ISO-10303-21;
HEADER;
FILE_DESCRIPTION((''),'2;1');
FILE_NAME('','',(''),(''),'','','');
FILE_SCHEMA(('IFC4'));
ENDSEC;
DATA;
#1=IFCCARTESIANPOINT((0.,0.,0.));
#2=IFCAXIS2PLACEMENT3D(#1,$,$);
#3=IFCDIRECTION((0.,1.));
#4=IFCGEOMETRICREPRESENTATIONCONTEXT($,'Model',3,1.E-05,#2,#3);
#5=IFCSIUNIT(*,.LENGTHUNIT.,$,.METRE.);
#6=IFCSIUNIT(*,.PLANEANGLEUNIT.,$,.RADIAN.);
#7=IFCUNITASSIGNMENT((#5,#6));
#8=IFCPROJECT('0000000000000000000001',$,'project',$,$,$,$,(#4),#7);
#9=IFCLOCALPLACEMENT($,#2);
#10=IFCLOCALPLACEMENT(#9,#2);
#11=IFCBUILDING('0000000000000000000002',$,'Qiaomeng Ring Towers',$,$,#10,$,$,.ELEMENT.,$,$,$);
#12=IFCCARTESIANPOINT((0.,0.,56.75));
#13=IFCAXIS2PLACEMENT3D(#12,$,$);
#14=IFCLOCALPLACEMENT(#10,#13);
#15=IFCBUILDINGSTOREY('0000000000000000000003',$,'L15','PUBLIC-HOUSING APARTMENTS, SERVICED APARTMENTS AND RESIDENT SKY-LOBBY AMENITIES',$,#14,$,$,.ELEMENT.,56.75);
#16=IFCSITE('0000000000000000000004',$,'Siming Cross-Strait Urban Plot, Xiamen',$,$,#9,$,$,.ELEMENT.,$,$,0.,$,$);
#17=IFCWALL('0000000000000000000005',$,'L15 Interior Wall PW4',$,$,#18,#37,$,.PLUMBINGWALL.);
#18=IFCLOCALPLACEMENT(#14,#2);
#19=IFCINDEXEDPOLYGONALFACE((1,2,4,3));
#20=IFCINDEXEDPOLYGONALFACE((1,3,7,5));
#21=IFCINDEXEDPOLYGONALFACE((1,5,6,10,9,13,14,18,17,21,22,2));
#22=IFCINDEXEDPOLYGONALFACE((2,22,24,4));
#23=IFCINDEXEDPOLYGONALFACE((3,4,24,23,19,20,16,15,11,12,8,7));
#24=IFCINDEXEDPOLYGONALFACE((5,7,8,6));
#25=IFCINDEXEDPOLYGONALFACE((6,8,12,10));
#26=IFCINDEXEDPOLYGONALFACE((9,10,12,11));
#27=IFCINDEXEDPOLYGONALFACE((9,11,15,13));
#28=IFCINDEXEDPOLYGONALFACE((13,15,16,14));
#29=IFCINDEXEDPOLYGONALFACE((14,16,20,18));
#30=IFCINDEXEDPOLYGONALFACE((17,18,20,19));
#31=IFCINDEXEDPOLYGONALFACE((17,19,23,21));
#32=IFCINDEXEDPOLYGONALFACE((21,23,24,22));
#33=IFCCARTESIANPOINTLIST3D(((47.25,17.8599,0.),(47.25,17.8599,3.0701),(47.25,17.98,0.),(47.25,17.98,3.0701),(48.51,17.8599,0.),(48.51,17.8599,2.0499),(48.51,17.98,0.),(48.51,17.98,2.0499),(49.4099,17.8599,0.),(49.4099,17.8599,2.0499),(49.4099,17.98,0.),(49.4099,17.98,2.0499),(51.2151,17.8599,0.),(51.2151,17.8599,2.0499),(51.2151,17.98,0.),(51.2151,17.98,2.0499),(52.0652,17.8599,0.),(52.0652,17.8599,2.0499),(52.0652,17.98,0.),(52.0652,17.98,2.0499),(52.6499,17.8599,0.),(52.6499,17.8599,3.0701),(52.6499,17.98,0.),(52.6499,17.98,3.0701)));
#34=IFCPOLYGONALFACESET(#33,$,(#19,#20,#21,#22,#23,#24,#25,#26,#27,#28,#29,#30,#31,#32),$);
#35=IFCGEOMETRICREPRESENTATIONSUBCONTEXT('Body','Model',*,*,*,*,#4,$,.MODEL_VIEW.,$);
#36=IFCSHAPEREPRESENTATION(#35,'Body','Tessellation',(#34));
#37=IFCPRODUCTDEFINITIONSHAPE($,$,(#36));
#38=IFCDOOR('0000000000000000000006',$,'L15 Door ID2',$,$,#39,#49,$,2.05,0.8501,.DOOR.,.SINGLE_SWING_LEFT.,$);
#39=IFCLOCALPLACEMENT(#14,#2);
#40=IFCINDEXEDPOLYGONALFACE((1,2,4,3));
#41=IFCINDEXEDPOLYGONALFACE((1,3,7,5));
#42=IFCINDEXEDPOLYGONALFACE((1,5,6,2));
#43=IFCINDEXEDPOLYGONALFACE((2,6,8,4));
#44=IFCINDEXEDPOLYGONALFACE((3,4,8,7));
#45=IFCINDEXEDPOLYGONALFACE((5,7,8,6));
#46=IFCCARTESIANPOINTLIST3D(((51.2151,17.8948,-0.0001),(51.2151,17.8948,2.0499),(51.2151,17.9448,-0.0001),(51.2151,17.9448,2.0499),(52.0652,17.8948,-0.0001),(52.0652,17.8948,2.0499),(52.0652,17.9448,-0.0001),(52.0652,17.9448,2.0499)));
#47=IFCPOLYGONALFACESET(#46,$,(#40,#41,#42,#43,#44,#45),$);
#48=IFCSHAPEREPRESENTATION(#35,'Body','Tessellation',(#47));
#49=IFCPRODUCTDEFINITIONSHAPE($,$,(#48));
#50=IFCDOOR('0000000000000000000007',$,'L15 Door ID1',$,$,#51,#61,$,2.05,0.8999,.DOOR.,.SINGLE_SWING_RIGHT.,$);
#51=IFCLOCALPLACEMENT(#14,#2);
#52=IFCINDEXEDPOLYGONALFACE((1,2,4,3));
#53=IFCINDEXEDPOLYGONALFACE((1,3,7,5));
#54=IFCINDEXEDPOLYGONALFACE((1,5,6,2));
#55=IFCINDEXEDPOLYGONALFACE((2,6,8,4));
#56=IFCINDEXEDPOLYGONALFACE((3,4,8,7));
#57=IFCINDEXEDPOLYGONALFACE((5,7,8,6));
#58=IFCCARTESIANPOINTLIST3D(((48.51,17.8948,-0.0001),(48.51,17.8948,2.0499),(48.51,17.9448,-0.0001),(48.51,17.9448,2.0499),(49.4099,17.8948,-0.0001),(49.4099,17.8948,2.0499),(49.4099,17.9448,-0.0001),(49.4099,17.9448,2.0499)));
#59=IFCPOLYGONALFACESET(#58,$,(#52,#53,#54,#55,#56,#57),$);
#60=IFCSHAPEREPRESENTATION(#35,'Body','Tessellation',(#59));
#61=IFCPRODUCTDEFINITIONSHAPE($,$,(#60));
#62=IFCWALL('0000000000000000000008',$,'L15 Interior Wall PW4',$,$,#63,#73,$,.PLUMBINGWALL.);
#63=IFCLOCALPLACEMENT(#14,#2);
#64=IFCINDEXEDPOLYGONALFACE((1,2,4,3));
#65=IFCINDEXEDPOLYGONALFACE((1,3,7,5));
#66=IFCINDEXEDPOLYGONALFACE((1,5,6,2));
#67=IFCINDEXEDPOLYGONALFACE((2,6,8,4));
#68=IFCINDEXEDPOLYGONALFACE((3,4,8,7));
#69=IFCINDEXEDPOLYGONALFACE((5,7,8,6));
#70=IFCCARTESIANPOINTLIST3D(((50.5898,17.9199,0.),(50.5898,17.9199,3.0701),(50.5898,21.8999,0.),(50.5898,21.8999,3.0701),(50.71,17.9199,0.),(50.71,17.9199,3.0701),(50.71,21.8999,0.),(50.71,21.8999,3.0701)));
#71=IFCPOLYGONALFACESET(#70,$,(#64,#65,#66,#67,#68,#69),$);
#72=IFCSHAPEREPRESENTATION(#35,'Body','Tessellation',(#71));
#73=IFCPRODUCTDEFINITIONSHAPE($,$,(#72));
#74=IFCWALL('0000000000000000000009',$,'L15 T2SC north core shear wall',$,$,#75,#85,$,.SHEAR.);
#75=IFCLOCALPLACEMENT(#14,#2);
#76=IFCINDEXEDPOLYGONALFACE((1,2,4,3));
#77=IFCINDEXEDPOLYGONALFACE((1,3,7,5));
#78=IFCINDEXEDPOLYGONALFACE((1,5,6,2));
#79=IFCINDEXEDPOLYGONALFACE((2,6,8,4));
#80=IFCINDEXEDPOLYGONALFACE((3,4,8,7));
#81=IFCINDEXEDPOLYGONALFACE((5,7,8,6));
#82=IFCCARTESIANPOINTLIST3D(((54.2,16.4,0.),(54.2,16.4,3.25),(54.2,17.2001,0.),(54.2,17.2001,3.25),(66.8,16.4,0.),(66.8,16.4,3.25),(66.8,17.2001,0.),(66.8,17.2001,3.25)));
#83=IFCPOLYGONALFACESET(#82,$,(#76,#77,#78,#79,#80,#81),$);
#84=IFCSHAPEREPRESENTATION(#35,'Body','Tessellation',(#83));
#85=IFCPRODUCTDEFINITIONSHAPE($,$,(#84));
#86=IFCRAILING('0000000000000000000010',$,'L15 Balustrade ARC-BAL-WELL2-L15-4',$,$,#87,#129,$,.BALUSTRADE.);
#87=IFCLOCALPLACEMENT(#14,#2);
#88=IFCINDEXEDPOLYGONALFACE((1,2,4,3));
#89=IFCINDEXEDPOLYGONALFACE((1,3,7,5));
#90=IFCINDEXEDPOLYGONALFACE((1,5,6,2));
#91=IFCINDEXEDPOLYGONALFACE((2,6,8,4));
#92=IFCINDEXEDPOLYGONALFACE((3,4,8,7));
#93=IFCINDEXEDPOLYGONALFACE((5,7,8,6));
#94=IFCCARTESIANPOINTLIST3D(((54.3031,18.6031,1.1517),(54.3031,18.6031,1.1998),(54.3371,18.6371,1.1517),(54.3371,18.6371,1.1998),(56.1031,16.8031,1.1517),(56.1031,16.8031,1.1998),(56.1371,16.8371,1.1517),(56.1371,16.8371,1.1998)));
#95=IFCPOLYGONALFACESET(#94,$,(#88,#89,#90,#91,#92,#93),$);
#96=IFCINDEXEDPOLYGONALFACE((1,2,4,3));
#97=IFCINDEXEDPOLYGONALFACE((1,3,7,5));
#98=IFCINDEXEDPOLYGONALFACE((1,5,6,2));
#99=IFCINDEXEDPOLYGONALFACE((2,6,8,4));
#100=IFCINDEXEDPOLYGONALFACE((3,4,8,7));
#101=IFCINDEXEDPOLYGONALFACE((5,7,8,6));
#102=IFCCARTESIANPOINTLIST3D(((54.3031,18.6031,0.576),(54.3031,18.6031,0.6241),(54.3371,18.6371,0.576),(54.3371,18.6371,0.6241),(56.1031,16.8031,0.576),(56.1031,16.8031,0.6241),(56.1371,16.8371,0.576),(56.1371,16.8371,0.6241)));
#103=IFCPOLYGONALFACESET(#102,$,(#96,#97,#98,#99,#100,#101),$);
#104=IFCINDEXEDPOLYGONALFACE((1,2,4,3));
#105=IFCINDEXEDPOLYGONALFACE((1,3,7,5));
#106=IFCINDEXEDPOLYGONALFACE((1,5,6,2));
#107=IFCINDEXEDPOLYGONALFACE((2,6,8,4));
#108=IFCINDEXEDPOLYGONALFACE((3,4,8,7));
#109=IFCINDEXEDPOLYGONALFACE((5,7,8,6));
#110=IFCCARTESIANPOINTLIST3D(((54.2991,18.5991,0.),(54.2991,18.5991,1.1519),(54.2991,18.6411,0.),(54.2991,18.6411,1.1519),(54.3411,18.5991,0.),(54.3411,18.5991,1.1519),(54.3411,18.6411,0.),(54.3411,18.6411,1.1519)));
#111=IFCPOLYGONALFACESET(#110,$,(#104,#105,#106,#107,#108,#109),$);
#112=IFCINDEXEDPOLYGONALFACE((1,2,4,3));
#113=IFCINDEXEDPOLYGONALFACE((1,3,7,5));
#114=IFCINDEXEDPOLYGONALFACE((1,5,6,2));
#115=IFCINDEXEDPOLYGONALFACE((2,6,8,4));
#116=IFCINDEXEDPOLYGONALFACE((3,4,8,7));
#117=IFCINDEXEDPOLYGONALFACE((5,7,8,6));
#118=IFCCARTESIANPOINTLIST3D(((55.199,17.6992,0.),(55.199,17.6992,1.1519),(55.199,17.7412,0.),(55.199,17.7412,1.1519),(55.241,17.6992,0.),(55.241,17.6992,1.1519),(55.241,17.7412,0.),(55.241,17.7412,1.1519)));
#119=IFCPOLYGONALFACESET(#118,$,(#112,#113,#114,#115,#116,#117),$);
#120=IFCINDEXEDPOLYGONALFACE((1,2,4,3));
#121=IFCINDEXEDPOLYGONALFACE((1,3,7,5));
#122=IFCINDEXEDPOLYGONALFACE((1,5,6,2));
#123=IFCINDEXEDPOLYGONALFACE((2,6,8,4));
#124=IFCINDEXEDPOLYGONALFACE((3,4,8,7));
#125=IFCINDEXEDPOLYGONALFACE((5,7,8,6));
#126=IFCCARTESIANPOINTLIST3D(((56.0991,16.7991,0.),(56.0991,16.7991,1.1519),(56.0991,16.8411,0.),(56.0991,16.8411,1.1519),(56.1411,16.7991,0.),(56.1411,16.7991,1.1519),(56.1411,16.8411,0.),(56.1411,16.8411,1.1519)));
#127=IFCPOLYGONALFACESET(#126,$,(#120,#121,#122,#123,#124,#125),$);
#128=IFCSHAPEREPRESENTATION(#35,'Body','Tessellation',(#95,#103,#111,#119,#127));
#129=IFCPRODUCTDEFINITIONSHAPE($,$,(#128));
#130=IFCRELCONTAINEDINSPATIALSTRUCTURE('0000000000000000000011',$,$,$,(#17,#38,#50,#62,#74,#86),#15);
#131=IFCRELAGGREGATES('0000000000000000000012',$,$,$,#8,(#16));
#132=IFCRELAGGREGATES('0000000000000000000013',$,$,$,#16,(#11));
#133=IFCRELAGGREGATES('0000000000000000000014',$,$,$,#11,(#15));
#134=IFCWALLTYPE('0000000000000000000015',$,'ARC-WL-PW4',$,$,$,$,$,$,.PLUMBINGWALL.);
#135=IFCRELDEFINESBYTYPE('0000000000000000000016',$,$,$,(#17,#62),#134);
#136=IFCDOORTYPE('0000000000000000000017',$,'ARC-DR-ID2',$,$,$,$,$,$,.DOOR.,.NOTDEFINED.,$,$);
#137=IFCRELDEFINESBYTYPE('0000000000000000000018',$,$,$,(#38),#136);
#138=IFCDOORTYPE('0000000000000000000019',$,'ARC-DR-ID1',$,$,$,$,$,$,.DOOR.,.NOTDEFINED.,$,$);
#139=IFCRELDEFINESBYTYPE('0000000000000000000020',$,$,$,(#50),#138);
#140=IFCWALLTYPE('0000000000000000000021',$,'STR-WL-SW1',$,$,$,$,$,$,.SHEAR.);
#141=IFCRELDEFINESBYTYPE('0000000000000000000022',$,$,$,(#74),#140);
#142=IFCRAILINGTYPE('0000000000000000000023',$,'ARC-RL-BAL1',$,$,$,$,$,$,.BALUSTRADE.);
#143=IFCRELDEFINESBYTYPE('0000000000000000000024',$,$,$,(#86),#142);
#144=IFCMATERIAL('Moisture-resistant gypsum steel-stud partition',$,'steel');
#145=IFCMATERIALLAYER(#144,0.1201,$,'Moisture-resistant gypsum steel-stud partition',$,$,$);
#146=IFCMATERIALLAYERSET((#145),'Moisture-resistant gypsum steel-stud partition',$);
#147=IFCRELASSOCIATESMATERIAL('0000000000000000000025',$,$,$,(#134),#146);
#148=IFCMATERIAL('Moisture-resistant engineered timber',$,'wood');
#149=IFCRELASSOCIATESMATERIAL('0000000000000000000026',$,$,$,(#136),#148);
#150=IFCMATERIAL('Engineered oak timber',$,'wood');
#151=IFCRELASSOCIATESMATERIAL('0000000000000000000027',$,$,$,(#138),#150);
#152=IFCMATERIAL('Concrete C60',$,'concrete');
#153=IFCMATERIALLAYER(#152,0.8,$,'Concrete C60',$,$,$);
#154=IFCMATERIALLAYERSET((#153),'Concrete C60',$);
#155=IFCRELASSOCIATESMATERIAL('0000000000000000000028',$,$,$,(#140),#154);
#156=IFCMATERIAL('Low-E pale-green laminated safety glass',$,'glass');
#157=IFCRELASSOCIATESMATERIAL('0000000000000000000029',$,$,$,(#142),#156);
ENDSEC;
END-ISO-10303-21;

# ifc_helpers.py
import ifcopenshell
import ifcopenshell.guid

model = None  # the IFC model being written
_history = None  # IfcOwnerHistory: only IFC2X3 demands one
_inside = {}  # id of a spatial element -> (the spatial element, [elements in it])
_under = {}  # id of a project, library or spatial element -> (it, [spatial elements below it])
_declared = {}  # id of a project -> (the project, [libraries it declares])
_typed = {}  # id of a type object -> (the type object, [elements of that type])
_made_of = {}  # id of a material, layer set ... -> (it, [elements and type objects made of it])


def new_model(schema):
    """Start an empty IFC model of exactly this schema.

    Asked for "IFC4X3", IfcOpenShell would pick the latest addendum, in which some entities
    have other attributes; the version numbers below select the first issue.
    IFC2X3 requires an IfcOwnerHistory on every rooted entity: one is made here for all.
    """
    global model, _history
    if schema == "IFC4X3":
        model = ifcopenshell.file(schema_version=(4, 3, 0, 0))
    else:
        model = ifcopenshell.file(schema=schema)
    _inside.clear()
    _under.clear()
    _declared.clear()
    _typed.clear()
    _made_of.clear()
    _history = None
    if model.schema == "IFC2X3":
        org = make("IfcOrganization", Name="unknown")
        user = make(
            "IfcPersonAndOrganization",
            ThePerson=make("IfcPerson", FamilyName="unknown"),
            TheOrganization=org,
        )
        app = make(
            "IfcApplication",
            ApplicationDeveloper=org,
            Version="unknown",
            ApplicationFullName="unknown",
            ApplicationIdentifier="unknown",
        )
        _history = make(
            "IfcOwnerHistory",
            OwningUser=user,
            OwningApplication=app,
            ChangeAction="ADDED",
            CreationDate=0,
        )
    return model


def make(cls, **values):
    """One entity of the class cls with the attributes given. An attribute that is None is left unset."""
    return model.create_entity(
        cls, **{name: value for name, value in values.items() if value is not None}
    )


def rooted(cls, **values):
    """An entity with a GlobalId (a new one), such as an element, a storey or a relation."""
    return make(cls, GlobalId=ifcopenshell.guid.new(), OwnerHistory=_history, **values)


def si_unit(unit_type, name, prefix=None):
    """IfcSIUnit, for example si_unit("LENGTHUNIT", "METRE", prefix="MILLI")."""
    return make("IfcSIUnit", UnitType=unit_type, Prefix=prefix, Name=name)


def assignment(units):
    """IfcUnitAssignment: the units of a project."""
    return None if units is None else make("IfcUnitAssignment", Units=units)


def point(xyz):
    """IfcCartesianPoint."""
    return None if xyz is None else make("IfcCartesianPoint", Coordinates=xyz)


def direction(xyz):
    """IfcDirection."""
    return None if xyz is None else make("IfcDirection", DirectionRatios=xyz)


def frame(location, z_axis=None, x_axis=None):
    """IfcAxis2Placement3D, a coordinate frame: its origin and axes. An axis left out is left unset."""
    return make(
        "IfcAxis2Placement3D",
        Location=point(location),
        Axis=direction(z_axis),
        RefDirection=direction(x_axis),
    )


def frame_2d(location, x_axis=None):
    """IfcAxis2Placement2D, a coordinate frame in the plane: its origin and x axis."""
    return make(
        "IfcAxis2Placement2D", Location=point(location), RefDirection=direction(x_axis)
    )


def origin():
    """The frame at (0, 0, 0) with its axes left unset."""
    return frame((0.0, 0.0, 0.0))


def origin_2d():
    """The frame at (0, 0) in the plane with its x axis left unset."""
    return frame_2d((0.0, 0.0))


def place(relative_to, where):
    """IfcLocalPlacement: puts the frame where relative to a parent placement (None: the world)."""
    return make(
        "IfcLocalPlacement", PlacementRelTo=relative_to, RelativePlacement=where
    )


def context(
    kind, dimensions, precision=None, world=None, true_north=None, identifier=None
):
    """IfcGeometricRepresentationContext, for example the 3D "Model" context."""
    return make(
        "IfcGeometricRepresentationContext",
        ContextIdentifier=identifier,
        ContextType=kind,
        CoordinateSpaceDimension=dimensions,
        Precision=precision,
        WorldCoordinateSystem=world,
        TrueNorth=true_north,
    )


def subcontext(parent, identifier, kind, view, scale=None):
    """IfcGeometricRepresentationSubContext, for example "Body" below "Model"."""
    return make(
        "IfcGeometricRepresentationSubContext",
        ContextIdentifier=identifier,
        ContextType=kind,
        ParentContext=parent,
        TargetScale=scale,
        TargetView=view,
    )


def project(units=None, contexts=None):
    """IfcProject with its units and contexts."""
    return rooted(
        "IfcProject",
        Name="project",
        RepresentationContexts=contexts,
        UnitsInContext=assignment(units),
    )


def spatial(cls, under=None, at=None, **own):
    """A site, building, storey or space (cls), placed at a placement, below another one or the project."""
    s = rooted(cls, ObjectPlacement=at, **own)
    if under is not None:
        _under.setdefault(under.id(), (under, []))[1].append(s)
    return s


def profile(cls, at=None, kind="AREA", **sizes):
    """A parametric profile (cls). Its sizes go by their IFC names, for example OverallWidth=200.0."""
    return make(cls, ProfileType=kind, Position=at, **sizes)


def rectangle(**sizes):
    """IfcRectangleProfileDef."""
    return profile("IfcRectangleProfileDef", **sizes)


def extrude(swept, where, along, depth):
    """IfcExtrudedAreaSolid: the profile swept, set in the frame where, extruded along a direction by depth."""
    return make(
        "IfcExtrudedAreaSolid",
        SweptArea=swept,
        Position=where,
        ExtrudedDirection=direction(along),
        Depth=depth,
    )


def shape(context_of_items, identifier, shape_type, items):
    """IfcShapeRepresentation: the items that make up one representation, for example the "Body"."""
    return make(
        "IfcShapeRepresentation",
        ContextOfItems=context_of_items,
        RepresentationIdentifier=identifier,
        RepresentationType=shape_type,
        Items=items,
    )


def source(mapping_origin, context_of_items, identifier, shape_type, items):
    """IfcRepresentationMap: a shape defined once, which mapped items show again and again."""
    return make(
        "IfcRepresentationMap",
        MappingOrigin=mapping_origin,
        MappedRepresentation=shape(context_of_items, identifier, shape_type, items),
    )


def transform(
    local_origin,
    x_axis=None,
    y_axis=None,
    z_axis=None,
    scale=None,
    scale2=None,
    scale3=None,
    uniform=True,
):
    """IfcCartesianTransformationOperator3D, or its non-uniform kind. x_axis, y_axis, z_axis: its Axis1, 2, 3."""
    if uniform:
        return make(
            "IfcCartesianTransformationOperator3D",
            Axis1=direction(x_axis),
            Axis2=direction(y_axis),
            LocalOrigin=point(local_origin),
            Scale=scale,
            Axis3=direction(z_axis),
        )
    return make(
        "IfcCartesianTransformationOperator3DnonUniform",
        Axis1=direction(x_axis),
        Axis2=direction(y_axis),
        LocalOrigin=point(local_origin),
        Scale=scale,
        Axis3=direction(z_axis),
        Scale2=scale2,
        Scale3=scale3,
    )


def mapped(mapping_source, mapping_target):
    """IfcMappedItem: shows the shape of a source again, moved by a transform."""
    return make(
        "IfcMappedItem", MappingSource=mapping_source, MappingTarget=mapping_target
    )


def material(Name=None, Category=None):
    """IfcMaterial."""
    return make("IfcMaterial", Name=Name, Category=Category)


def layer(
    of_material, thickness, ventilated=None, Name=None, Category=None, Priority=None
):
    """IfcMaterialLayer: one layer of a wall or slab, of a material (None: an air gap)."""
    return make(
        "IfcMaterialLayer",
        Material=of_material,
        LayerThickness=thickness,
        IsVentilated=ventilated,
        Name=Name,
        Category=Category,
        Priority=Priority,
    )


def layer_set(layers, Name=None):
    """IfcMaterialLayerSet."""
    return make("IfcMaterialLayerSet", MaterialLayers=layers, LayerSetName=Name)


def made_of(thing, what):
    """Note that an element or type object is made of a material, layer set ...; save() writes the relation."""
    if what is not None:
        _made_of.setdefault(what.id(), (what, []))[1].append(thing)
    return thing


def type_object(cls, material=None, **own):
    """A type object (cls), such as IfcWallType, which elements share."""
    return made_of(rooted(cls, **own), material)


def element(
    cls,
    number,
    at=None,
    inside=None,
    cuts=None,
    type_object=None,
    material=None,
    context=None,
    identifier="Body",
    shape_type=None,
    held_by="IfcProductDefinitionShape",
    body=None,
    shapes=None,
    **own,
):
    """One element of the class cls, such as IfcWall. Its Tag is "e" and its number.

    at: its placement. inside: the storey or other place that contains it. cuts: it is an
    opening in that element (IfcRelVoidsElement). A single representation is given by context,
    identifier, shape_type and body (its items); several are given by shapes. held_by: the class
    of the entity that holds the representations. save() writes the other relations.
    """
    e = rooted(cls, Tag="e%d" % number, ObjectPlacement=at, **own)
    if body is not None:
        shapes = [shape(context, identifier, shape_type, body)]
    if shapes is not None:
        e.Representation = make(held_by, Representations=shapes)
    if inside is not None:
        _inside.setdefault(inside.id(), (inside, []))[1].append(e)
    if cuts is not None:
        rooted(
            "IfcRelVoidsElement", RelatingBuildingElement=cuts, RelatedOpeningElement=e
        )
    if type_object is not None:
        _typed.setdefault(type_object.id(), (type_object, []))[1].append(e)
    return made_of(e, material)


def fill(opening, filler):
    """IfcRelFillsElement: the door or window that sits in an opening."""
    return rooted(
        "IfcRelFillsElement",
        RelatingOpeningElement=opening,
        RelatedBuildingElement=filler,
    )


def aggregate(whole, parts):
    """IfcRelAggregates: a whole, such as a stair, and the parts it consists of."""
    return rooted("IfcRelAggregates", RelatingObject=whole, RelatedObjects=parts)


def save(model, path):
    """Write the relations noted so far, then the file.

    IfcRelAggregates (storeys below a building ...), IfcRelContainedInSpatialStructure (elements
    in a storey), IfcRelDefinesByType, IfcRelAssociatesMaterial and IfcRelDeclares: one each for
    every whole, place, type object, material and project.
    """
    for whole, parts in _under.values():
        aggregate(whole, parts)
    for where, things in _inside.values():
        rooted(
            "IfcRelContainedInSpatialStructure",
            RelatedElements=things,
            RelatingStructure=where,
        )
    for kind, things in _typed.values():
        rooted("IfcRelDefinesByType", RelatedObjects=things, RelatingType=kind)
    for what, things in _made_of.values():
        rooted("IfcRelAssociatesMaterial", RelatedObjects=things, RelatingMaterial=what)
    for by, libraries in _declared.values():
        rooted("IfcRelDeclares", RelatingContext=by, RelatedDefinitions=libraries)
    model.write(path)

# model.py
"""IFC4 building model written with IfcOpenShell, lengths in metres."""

from ifc_helpers import new_model, si_unit, direction, frame, frame_2d, origin, origin_2d, place, context, subcontext, project, spatial, rectangle, extrude, source, transform, mapped, material, layer, layer_set, type_object, element, fill, save


model = new_model("IFC4")

# Units and contexts
model_context = context("Model", 3, precision=1e-05, world=origin(), true_north=direction((0.0, 1.0)))
body_context = subcontext(model_context, "Body", "Model", "MODEL_VIEW")
ifc_project = project(units=[si_unit("LENGTHUNIT", "METRE"), si_unit("PLANEANGLEUNIT", "RADIAN")], contexts=[model_context])

# Site, building, storey
site_placement = place(None, origin())
site = spatial("IfcSite", under=ifc_project, at=site_placement, Name="Siming Cross-Strait Urban Plot, Xiamen", CompositionType="ELEMENT", RefElevation=0.0)
building_placement = place(site_placement, origin())
building = spatial("IfcBuilding", under=site, at=building_placement, Name="Qiaomeng Ring Towers", CompositionType="ELEMENT")
storey_placement = place(building_placement, frame((0.0, 0.0, 56.75)))
storey = spatial("IfcBuildingStorey", under=building, at=storey_placement, Name="L15", Description="PUBLIC-HOUSING APARTMENTS, SERVICED APARTMENTS AND RESIDENT SKY-LOBBY AMENITIES", CompositionType="ELEMENT", Elevation=56.75)

# Shared definitions
ifc_material_1 = material(Name="Concrete C60", Category="concrete")

# Wall, openings, doors
ifc_material_2 = material(Name="Moisture-resistant gypsum steel-stud partition", Category="steel")
ifc_layer_1 = layer(ifc_material_2, 0.1201, Name="Moisture-resistant gypsum steel-stud partition")
ifc_layer_set_1 = layer_set([ifc_layer_1], Name="Moisture-resistant gypsum steel-stud partition")
wall_type_1 = type_object("IfcWallType", Name="ARC-WL-PW4", PredefinedType="PLUMBINGWALL", material=ifc_layer_set_1)
wall_1_placement = place(storey_placement, frame((47.25, 17.9199, 0.0), z_axis=(0.0, 0.0, 1.0), x_axis=(1.0, 0.0, 0.0)))
wall_1 = element("IfcWall", 1, at=wall_1_placement, inside=storey, type_object=wall_type_1, Name="L15 Interior Wall PW4", PredefinedType="PLUMBINGWALL", context=body_context, shape_type="SweptSolid", body=[
    extrude(rectangle(XDim=5.3999, YDim=0.1201, at=frame_2d((2.7, 0.0))), origin(), (0.0, 0.0, 1.0), 3.0701),
])
opening_1_placement = place(wall_1_placement, frame((1.26, 0.0, 0.0)))
opening_1 = element("IfcOpeningElement", 2, at=opening_1_placement, cuts=wall_1, PredefinedType="OPENING", context=body_context, shape_type="SweptSolid", body=[
    extrude(rectangle(XDim=0.8999, YDim=2.05, at=frame_2d((0.45, 1.0249))), frame((0.0, 0.0701, 0.0), z_axis=(0.0, -1.0, 0.0), x_axis=(1.0, 0.0, 0.0)), (0.0, 0.0, 1.0), 0.1401),
])
opening_2_placement = place(wall_1_placement, frame((3.9651, 0.0, 0.0)))
opening_2 = element("IfcOpeningElement", 3, at=opening_2_placement, cuts=wall_1, PredefinedType="OPENING", context=body_context, shape_type="SweptSolid", body=[
    extrude(rectangle(XDim=0.8501, YDim=2.05, at=frame_2d((0.425, 1.0249))), frame((0.0, 0.0701, 0.0), z_axis=(0.0, -1.0, 0.0), x_axis=(1.0, 0.0, 0.0)), (0.0, 0.0, 1.0), 0.1401),
])
ifc_material_3 = material(Name="Moisture-resistant engineered timber", Category="wood")
door_type_1 = type_object("IfcDoorType", Name="ARC-DR-ID2", OperationType="NOTDEFINED", PredefinedType="DOOR", material=ifc_material_3)
shared_shape_1 = source(origin(), body_context, "Body", "SweptSolid", [
    extrude(rectangle(XDim=0.8501, YDim=2.05, at=frame_2d((0.425, 1.0249))), frame((0.0, 0.0249, 0.0), z_axis=(0.0, -1.0, 0.0), x_axis=(1.0, 0.0, 0.0)), (0.0, 0.0, 1.0), 0.05),
])
door_1_placement = place(opening_2_placement, origin())
door_1 = element("IfcDoor", 4, at=door_1_placement, inside=storey, type_object=door_type_1, Name="L15 Door ID2", OperationType="SINGLE_SWING_LEFT", OverallHeight=2.05, OverallWidth=0.8501, PredefinedType="DOOR", context=body_context, shape_type="MappedRepresentation", body=[
    mapped(shared_shape_1, transform((0.0, 0.0, 0.0), x_axis=(1.0, 0.0, 0.0), y_axis=(0.0, 1.0, 0.0), z_axis=(0.0, 0.0, 1.0), scale=1.0)),
])
fill(opening_2, door_1)
ifc_material_4 = material(Name="Engineered oak timber", Category="wood")
door_type_2 = type_object("IfcDoorType", Name="ARC-DR-ID1", OperationType="NOTDEFINED", PredefinedType="DOOR", material=ifc_material_4)
shared_shape_2 = source(origin(), body_context, "Body", "SweptSolid", [
    extrude(rectangle(XDim=0.8999, YDim=2.05, at=frame_2d((0.45, 1.0249))), frame((0.0, 0.0249, 0.0), z_axis=(0.0, -1.0, 0.0), x_axis=(1.0, 0.0, 0.0)), (0.0, 0.0, 1.0), 0.05),
])
door_2_placement = place(opening_1_placement, origin())
door_2 = element("IfcDoor", 5, at=door_2_placement, inside=storey, type_object=door_type_2, Name="L15 Door ID1", OperationType="SINGLE_SWING_RIGHT", OverallHeight=2.05, OverallWidth=0.8999, PredefinedType="DOOR", context=body_context, shape_type="MappedRepresentation", body=[
    mapped(shared_shape_2, transform((0.0, 0.0, 0.0), x_axis=(1.0, 0.0, 0.0), y_axis=(0.0, 1.0, 0.0), z_axis=(0.0, 0.0, 1.0), scale=1.0)),
])
fill(opening_1, door_2)

# Walls
wall_2_placement = place(storey_placement, frame((50.6499, 17.9199, 0.0), z_axis=(0.0, 0.0, 1.0), x_axis=(0.0, 1.0, 0.0)))
element("IfcWall", 6, at=wall_2_placement, inside=storey, type_object=wall_type_1, Name="L15 Interior Wall PW4", PredefinedType="PLUMBINGWALL", context=body_context, shape_type="SweptSolid", body=[
    extrude(rectangle(XDim=3.98, YDim=0.1201, at=frame_2d((1.99, 0.0))), origin(), (0.0, 0.0, 1.0), 3.0701),
])
ifc_layer_2 = layer(ifc_material_1, 0.8, Name="Concrete C60")
ifc_layer_set_2 = layer_set([ifc_layer_2], Name="Concrete C60")
wall_type_2 = type_object("IfcWallType", Name="STR-WL-SW1", PredefinedType="SHEAR", material=ifc_layer_set_2)
wall_3_placement = place(storey_placement, frame((54.2, 16.8, 0.0), z_axis=(0.0, 0.0, 1.0), x_axis=(1.0, 0.0, 0.0)))
element("IfcWall", 7, at=wall_3_placement, inside=storey, type_object=wall_type_2, Name="L15 T2SC north core shear wall", PredefinedType="SHEAR", context=body_context, shape_type="SweptSolid", body=[
    extrude(rectangle(XDim=12.6001, YDim=0.8, at=frame_2d((6.3, 0.0))), origin(), (0.0, 0.0, 1.0), 3.25),
])

# Railing
ifc_material_5 = material(Name="Low-E pale-green laminated safety glass", Category="glass")
railing_type = type_object("IfcRailingType", Name="ARC-RL-BAL1", PredefinedType="BALUSTRADE", material=ifc_material_5)
railing_placement = place(storey_placement, frame((54.3201, 18.6201, 0.0)))
element("IfcRailing", 8, at=railing_placement, inside=storey, type_object=railing_type, Name="L15 Balustrade ARC-BAL-WELL2-L15-4", PredefinedType="BALUSTRADE", context=body_context, shape_type="SweptSolid", body=[
    extrude(rectangle(XDim=0.0481, YDim=0.0481, at=origin_2d()), frame((0.0, 0.0, 1.1758), z_axis=(0.707107, -0.707107, 0.0), x_axis=(0.707107, 0.707107, 0.0)), (0.0, 0.0, 1.0), 2.5457),
    extrude(rectangle(XDim=0.0481, YDim=0.0481, at=origin_2d()), frame((0.0, 0.0, 0.6001), z_axis=(0.707107, -0.707107, 0.0), x_axis=(0.707107, 0.707107, 0.0)), (0.0, 0.0, 1.0), 2.5457),
    extrude(rectangle(XDim=0.042, YDim=0.042, at=origin_2d()), origin(), (0.0, 0.0, 1.0), 1.1519),
    extrude(rectangle(XDim=0.042, YDim=0.042, at=origin_2d()), frame((0.8999, -0.8999, 0.0)), (0.0, 0.0, 1.0), 1.1519),
    extrude(rectangle(XDim=0.042, YDim=0.042, at=origin_2d()), frame((1.8, -1.8, 0.0)), (0.0, 0.0, 1.0), 1.1519),
])

save(model, "model.ifc")
